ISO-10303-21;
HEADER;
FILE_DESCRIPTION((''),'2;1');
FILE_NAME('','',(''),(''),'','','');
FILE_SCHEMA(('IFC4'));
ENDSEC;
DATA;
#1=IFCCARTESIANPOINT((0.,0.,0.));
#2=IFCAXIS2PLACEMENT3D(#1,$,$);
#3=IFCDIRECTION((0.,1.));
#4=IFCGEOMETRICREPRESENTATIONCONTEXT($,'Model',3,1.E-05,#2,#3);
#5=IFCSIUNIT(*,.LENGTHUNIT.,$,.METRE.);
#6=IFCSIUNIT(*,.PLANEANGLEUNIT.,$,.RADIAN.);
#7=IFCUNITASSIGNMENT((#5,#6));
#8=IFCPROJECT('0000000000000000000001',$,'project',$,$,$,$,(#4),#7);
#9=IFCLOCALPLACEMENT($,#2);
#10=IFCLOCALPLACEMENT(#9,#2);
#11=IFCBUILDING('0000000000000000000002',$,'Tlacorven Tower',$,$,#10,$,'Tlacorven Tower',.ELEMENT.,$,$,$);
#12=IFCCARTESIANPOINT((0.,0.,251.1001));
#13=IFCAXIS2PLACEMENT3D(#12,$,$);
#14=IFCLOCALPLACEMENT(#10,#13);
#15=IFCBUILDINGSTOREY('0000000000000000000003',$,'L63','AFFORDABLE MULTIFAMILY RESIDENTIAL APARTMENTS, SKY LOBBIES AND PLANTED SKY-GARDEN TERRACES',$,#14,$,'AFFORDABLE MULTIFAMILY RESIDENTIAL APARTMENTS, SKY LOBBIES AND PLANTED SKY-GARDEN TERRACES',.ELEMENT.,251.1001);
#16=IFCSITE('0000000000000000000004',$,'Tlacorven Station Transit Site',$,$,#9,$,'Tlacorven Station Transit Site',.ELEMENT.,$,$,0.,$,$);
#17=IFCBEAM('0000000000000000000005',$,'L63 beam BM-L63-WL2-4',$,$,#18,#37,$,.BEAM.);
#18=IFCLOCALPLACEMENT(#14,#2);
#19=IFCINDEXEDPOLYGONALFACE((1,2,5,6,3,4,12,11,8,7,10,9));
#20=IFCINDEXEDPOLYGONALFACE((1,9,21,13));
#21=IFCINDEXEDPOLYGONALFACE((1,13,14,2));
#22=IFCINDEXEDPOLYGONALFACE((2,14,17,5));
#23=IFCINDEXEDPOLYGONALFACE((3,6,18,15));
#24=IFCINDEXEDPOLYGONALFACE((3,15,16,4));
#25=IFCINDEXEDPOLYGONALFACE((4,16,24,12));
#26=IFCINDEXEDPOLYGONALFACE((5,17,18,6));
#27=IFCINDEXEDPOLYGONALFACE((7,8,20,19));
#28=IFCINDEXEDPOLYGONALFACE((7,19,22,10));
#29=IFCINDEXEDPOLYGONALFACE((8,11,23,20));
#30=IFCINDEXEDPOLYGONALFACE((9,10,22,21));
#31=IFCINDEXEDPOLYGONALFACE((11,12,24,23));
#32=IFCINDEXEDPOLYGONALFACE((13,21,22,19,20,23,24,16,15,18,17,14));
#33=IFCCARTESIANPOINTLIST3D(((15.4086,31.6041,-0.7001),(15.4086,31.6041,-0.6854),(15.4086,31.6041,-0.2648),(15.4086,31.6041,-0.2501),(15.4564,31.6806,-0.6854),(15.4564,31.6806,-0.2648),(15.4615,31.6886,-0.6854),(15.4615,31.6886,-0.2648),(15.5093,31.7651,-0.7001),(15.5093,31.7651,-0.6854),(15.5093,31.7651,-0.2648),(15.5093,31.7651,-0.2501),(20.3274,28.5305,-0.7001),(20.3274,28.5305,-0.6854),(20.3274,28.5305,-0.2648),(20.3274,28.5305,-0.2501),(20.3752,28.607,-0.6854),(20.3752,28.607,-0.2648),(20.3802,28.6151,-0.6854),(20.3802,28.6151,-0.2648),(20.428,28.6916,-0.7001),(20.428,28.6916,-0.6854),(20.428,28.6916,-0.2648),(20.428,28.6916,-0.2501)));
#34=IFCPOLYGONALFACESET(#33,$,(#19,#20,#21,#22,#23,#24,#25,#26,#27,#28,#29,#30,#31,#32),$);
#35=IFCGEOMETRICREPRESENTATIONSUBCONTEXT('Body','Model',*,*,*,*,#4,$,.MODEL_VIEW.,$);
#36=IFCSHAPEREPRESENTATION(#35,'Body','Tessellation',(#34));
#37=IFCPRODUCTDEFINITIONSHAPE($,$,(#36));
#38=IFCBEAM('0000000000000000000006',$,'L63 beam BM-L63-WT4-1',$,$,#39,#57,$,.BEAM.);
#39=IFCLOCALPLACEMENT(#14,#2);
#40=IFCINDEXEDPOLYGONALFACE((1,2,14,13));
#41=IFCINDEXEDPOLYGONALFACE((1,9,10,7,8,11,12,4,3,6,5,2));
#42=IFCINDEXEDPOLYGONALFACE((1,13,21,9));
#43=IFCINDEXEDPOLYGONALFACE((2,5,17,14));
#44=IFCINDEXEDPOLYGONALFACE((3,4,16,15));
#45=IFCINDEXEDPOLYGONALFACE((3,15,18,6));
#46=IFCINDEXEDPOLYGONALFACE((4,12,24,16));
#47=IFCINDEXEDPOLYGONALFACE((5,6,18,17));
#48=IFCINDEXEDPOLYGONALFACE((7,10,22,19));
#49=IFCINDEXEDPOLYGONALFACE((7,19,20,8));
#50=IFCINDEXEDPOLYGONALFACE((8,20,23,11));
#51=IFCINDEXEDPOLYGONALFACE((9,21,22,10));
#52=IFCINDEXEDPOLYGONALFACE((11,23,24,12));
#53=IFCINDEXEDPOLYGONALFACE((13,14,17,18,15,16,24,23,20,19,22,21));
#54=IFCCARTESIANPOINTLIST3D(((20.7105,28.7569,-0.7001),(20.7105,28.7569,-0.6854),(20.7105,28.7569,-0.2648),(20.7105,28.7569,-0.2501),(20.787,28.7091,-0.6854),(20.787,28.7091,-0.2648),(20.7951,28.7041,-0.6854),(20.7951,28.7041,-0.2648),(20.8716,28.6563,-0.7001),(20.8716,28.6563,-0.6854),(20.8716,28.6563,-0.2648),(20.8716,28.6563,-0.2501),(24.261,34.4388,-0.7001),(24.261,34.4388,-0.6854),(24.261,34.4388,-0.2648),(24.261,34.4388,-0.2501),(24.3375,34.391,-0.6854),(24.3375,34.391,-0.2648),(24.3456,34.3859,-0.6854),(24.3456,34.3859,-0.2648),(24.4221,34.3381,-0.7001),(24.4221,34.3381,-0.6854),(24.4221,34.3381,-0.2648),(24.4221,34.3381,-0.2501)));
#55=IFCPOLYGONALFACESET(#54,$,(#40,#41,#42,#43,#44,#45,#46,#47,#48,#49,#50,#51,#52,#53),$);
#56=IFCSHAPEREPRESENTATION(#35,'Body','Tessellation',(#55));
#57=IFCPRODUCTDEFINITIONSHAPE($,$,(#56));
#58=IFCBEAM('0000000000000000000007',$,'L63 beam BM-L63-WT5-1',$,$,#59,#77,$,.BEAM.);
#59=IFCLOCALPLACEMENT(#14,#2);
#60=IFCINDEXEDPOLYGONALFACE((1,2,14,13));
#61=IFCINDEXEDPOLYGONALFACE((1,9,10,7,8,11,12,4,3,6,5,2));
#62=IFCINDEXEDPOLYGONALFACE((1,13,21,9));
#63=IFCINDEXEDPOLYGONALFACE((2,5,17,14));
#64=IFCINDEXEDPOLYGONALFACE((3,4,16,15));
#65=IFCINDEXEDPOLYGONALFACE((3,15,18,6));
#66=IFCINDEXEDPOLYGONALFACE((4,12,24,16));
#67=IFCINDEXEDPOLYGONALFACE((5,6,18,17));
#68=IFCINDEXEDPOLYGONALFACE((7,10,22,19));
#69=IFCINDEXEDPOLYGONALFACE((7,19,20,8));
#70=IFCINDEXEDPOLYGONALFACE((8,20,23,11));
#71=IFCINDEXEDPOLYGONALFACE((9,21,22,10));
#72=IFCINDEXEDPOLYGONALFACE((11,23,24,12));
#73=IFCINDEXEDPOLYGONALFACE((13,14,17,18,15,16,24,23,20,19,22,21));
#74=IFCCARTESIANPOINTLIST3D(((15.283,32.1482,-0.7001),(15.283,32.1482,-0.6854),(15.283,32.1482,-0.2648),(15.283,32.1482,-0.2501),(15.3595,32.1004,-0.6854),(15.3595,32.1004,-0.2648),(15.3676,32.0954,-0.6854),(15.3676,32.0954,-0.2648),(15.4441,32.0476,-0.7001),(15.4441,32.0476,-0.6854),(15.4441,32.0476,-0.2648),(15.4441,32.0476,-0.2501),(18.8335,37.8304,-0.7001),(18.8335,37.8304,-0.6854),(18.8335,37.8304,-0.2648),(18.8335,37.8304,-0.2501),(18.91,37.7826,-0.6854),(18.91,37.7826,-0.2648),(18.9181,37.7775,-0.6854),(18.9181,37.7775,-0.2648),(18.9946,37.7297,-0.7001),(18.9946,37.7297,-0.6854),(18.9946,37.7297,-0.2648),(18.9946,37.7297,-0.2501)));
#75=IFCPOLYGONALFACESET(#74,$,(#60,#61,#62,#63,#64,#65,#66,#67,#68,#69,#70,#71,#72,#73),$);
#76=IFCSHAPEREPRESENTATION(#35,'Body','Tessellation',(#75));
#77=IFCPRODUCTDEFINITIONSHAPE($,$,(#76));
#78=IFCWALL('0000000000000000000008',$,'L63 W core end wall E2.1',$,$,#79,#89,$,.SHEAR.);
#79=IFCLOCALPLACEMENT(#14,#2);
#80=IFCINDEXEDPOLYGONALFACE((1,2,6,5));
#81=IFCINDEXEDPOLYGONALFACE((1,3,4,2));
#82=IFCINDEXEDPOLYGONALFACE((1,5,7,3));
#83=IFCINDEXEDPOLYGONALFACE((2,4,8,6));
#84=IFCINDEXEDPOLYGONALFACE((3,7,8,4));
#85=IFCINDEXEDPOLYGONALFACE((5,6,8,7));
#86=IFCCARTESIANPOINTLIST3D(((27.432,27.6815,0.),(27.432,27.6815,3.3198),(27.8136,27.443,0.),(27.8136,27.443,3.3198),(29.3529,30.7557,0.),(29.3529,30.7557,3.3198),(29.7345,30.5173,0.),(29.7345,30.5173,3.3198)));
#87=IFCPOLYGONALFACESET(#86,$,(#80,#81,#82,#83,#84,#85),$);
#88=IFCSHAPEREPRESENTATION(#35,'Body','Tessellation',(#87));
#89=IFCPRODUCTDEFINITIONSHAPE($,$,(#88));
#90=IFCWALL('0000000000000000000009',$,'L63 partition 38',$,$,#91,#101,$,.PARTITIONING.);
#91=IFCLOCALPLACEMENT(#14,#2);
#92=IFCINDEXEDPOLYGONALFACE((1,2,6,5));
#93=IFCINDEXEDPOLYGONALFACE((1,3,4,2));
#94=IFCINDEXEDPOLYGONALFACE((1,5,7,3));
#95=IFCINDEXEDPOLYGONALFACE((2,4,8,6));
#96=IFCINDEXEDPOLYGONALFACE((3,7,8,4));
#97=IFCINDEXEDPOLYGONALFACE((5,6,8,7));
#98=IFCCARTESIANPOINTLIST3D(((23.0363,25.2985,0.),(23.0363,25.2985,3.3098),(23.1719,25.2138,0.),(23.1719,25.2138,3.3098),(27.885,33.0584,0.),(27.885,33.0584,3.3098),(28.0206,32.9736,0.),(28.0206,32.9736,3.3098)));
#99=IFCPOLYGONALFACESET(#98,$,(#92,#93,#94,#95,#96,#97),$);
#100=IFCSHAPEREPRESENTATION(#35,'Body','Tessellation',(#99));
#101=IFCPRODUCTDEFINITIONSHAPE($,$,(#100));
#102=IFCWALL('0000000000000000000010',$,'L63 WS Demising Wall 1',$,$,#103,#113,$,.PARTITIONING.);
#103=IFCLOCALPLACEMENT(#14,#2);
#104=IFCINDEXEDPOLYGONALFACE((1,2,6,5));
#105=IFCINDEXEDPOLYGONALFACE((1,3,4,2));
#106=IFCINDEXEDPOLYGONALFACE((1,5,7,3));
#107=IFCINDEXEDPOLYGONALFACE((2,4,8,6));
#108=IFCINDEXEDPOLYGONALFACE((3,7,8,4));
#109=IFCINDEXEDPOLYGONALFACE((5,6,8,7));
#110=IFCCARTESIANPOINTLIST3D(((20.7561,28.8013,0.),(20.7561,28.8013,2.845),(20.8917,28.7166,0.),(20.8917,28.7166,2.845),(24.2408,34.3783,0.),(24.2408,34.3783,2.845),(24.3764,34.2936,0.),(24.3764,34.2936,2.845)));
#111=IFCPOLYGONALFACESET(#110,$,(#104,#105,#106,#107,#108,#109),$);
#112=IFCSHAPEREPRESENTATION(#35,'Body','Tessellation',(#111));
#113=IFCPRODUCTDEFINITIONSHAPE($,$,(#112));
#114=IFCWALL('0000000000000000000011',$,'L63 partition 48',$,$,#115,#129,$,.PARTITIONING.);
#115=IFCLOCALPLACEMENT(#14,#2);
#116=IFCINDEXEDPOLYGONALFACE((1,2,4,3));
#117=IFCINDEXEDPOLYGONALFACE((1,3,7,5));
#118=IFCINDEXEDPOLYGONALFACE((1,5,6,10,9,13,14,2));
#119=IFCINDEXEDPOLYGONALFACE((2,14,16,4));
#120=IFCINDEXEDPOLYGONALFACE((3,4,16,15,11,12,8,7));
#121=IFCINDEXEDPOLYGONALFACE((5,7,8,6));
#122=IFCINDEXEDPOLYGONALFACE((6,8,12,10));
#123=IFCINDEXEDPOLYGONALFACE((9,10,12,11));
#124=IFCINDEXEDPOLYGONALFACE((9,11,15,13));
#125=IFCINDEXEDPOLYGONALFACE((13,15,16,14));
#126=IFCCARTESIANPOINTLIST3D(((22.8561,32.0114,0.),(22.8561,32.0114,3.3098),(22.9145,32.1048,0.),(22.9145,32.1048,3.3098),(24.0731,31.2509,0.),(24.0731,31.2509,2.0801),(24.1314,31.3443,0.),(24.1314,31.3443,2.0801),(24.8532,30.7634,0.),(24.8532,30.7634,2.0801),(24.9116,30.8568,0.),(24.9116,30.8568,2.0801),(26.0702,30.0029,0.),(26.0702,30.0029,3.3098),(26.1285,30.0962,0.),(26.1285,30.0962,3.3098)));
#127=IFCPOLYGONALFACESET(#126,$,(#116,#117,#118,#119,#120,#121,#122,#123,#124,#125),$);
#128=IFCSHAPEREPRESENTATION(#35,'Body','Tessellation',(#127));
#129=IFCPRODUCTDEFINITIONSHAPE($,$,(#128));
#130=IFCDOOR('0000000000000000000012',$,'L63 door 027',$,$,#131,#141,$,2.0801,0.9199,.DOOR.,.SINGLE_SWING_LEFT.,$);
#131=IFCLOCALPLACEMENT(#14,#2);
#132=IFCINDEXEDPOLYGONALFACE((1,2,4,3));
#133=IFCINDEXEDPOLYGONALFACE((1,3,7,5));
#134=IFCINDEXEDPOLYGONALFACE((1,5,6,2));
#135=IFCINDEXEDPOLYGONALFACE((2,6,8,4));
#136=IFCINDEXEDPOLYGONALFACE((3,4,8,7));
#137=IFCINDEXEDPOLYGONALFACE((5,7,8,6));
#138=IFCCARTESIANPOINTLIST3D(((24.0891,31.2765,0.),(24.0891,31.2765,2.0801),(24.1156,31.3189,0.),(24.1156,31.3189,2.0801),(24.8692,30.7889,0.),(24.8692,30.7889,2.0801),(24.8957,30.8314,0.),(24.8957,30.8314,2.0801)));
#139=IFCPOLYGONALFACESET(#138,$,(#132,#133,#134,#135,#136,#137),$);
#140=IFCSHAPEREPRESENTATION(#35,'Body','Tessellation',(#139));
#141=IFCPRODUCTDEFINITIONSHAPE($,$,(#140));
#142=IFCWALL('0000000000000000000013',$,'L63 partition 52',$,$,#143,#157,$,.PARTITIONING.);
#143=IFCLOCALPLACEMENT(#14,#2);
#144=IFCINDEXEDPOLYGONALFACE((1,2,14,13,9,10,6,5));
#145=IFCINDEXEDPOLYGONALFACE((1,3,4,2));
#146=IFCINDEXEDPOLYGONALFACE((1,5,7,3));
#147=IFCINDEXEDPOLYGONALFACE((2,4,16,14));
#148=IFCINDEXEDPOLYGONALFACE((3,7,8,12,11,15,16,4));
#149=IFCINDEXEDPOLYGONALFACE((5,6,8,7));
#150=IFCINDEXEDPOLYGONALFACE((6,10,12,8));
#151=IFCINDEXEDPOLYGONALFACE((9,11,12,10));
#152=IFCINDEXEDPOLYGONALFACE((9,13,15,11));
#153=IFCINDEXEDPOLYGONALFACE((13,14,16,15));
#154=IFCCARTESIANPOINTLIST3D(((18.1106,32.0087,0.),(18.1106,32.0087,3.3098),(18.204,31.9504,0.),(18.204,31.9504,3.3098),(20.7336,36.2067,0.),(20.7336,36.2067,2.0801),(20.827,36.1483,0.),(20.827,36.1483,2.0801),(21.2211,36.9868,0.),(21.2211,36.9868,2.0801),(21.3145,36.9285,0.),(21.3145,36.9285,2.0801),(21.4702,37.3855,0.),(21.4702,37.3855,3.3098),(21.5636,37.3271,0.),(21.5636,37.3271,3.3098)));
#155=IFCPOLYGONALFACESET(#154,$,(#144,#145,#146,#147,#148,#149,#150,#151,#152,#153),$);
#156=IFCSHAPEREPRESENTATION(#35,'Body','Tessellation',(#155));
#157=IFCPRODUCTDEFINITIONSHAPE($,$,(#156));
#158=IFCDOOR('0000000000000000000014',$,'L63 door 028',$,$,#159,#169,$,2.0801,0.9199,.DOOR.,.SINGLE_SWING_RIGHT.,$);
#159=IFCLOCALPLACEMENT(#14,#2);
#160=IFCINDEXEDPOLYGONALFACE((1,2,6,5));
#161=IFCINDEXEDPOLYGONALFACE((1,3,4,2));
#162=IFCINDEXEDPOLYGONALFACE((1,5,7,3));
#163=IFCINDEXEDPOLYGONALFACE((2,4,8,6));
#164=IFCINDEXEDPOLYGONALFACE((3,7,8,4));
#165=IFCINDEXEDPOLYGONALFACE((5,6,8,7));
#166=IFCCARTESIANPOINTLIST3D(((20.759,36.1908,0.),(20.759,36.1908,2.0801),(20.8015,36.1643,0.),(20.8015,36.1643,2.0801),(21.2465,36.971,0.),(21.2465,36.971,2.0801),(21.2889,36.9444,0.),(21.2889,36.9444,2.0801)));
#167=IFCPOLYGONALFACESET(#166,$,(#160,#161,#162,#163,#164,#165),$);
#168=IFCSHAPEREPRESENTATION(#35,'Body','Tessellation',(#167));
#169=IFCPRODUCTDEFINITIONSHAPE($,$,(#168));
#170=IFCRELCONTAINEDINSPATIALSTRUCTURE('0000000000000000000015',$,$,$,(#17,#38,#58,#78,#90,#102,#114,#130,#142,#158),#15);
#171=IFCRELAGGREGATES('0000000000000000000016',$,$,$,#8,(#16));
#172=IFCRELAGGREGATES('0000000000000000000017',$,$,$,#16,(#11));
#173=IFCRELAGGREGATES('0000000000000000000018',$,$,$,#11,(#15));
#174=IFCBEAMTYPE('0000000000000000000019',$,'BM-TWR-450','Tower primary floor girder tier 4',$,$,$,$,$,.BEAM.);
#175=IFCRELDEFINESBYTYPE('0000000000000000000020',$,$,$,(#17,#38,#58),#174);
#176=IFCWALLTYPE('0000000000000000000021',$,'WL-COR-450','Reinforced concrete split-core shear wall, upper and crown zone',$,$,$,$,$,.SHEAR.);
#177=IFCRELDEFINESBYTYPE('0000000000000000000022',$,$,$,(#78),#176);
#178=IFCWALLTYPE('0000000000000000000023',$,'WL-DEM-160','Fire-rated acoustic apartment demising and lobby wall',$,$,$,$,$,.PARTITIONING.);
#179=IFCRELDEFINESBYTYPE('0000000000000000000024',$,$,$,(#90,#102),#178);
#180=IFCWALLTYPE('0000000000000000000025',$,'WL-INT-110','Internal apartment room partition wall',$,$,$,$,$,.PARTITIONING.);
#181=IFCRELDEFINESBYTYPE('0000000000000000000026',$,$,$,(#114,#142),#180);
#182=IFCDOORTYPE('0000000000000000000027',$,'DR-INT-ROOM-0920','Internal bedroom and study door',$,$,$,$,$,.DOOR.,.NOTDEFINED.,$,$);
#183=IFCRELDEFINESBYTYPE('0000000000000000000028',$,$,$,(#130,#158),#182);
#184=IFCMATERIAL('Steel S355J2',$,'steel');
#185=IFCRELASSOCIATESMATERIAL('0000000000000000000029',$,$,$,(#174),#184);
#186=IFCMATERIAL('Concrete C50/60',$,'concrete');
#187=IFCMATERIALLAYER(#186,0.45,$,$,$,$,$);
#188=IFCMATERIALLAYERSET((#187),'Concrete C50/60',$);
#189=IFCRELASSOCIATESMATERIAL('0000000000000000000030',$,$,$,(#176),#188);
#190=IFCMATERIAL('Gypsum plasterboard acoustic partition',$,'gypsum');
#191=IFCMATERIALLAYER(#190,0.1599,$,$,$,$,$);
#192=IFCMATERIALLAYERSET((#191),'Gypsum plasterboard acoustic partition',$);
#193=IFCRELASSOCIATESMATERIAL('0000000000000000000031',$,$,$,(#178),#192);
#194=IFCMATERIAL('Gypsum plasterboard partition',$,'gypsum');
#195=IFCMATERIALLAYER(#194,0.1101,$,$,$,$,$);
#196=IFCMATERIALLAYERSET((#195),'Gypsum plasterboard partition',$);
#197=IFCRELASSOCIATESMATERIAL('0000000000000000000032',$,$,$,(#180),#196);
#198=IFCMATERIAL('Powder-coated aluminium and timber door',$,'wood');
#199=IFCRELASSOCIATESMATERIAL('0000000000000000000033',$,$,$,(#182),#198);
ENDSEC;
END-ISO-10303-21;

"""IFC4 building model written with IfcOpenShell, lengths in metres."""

from ifc_helpers import new_model, si_unit, direction, frame, frame_2d, origin, origin_2d, place, context, subcontext, project, spatial, rectangle, i_section, extrude, source, transform, mapped, material, layer, layer_set, material_profile, profile_set, type_object, element, fill, save


model = new_model("IFC4")

# Units and contexts
model_context = context("Model", 3, precision=1e-05, world=origin(), true_north=direction((0.0, 1.0)))
body_context = subcontext(model_context, "Body", "Model", "MODEL_VIEW")
ifc_project = project(units=[si_unit("LENGTHUNIT", "METRE"), si_unit("PLANEANGLEUNIT", "RADIAN")], contexts=[model_context])

# Site, building, storey
site_placement = place(None, origin())
site = spatial("IfcSite", under=ifc_project, at=site_placement, Name="Tlacorven Station Transit Site", LongName="Tlacorven Station Transit Site", CompositionType="ELEMENT", RefElevation=0.0)
building_placement = place(site_placement, origin())
building = spatial("IfcBuilding", under=site, at=building_placement, Name="Tlacorven Tower", LongName="Tlacorven Tower", CompositionType="ELEMENT")
storey_placement = place(building_placement, frame((0.0, 0.0, 251.1001)))
storey = spatial("IfcBuildingStorey", under=building, at=storey_placement, Name="L63", Description="AFFORDABLE MULTIFAMILY RESIDENTIAL APARTMENTS, SKY LOBBIES AND PLANTED SKY-GARDEN TERRACES", LongName="AFFORDABLE MULTIFAMILY RESIDENTIAL APARTMENTS, SKY LOBBIES AND PLANTED SKY-GARDEN TERRACES", CompositionType="ELEMENT", Elevation=251.1001)

# Beams
ifc_material_1 = material(Name="Steel S355J2", Category="steel")
ifc_material_profile_1 = material_profile(ifc_material_1, i_section(OverallWidth=0.1899, OverallDepth=0.45, WebThickness=0.0095, FlangeThickness=0.0146, at=origin_2d()), Name="IPE 450")
ifc_profile_set_1 = profile_set([ifc_material_profile_1], Name="Steel S355J2")
beam_type_1 = type_object("IfcBeamType", Name="BM-TWR-450", Description="Tower primary floor girder tier 4", PredefinedType="BEAM", material=ifc_profile_set_1)
shared_shape_1 = source(origin(), body_context, "Body", "SweptSolid", [
    extrude(i_section(OverallWidth=0.1899, OverallDepth=0.45, WebThickness=0.0095, FlangeThickness=0.0146, at=origin_2d()), origin(), (0.0, 0.0, 1.0), 5.8),
])
beam_1_placement = place(storey_placement, frame((20.3777, 28.6111, -0.4751), z_axis=(-0.848053, 0.529912, 0.0), x_axis=(-0.529912, -0.848053, 0.0)))
element("IfcBeam", 1, at=beam_1_placement, inside=storey, type_object=beam_type_1, Name="L63 beam BM-L63-WL2-4", PredefinedType="BEAM", context=body_context, shape_type="MappedRepresentation", body=[
    mapped(shared_shape_1, transform((0.0, 0.0, 0.0), scale=1.0)),
])
shared_shape_2 = source(origin(), body_context, "Body", "SweptSolid", [
    extrude(i_section(OverallWidth=0.1899, OverallDepth=0.45, WebThickness=0.0095, FlangeThickness=0.0146, at=origin_2d()), origin(), (0.0, 0.0, 1.0), 6.7),
])
beam_2_placement = place(storey_placement, frame((24.3416, 34.3884, -0.4751), z_axis=(-0.52993, -0.848041, 0.0), x_axis=(0.848041, -0.52993, 0.0)))
element("IfcBeam", 2, at=beam_2_placement, inside=storey, type_object=beam_type_1, Name="L63 beam BM-L63-WT4-1", PredefinedType="BEAM", context=body_context, shape_type="MappedRepresentation", body=[
    mapped(shared_shape_2, transform((0.0, 0.0, 0.0), scale=1.0)),
])
shared_shape_3 = source(origin(), body_context, "Body", "SweptSolid", [
    extrude(i_section(OverallWidth=0.1899, OverallDepth=0.45, WebThickness=0.0095, FlangeThickness=0.0146, at=origin_2d()), origin(), (0.0, 0.0, 1.0), 6.7002),
])
beam_3_placement = place(storey_placement, frame((18.9141, 37.78, -0.4751), z_axis=(-0.529914, -0.848052, 0.0), x_axis=(0.848052, -0.529914, 0.0)))
element("IfcBeam", 3, at=beam_3_placement, inside=storey, type_object=beam_type_1, Name="L63 beam BM-L63-WT5-1", PredefinedType="BEAM", context=body_context, shape_type="MappedRepresentation", body=[
    mapped(shared_shape_3, transform((0.0, 0.0, 0.0), scale=1.0)),
])

# Walls
ifc_material_2 = material(Name="Concrete C50/60", Category="concrete")
ifc_layer_1 = layer(ifc_material_2, 0.45)
ifc_layer_set_1 = layer_set([ifc_layer_1], Name="Concrete C50/60")
wall_type_1 = type_object("IfcWallType", Name="WL-COR-450", Description="Reinforced concrete split-core shear wall, upper and crown zone", PredefinedType="SHEAR", material=ifc_layer_set_1)
wall_1_placement = place(storey_placement, frame((29.5437, 30.6365, 0.0), z_axis=(0.0, 0.0, 1.0), x_axis=(-0.529902, -0.848059, 0.0)))
element("IfcWall", 4, at=wall_1_placement, inside=storey, type_object=wall_type_1, Name="L63 W core end wall E2.1", PredefinedType="SHEAR", context=body_context, shape_type="SweptSolid", body=[
    extrude(rectangle(XDim=3.625, YDim=0.45, at=frame_2d((1.8125, 0.0))), origin(), (0.0, 0.0, 1.0), 3.3198),
])
ifc_material_3 = material(Name="Gypsum plasterboard acoustic partition", Category="gypsum")
ifc_layer_2 = layer(ifc_material_3, 0.1599)
ifc_layer_set_2 = layer_set([ifc_layer_2], Name="Gypsum plasterboard acoustic partition")
wall_type_2 = type_object("IfcWallType", Name="WL-DEM-160", Description="Fire-rated acoustic apartment demising and lobby wall", PredefinedType="PARTITIONING", material=ifc_layer_set_2)
wall_2_placement = place(storey_placement, frame((27.9529, 33.0161, 0.0), z_axis=(0.0, 0.0, 1.0), x_axis=(-0.529903, -0.848058, 0.0)))
element("IfcWall", 5, at=wall_2_placement, inside=storey, type_object=wall_type_2, Name="L63 partition 38", PredefinedType="PARTITIONING", context=body_context, shape_type="SweptSolid", body=[
    extrude(rectangle(XDim=9.1501, YDim=0.1599, at=frame_2d((4.5752, 0.0))), origin(), (0.0, 0.0, 1.0), 3.3098),
])
wall_3_placement = place(storey_placement, frame((24.3086, 34.3359, 0.0), z_axis=(0.0, 0.0, 1.0), x_axis=(-0.529895, -0.848063, 0.0)))
element("IfcWall", 6, at=wall_3_placement, inside=storey, type_object=wall_type_2, Name="L63 WS Demising Wall 1", PredefinedType="PARTITIONING", context=body_context, shape_type="SweptSolid", body=[
    extrude(rectangle(XDim=6.5762, YDim=0.1599, at=frame_2d((3.2881, 0.0))), origin(), (0.0, 0.0, 1.0), 2.845),
])

# Walls, openings, doors
ifc_material_4 = material(Name="Gypsum plasterboard partition", Category="gypsum")
ifc_layer_3 = layer(ifc_material_4, 0.1101)
ifc_layer_set_3 = layer_set([ifc_layer_3], Name="Gypsum plasterboard partition")
wall_type_3 = type_object("IfcWallType", Name="WL-INT-110", Description="Internal apartment room partition wall", PredefinedType="PARTITIONING", material=ifc_layer_set_3)
wall_4_placement = place(storey_placement, frame((26.0994, 30.0496, 0.0), z_axis=(0.0, 0.0, 1.0), x_axis=(-0.848031, 0.529947, 0.0)))
wall_4 = element("IfcWall", 7, at=wall_4_placement, inside=storey, type_object=wall_type_3, Name="L63 partition 48", PredefinedType="PARTITIONING", context=body_context, shape_type="SweptSolid", body=[
    extrude(rectangle(XDim=3.79, YDim=0.1101, at=frame_2d((1.895, 0.0))), origin(), (0.0, 0.0, 1.0), 3.3098),
])
opening_1_placement = place(wall_4_placement, frame((1.4351, 0.0, 0.0)))
opening_1 = element("IfcOpeningElement", 8, at=opening_1_placement, cuts=wall_4, PredefinedType="OPENING", context=body_context, shape_type="SweptSolid", body=[
    extrude(rectangle(XDim=0.9199, YDim=2.0801, at=frame_2d((0.46, 1.04))), frame((0.0, 0.0649, 0.0), z_axis=(0.0, -1.0, 0.0), x_axis=(1.0, 0.0, 0.0)), (0.0, 0.0, 1.0), 0.1301),
])
ifc_material_5 = material(Name="Powder-coated aluminium and timber door", Category="wood")
door_type_1 = type_object("IfcDoorType", Name="DR-INT-ROOM-0920", Description="Internal bedroom and study door", OperationType="NOTDEFINED", PredefinedType="DOOR", material=ifc_material_5)
shared_shape_4 = source(origin(), body_context, "Body", "SweptSolid", [
    extrude(rectangle(XDim=0.9199, YDim=2.0801, at=frame_2d((0.46, 1.04))), frame((0.0, 0.0249, 0.0), z_axis=(0.0, -1.0, 0.0), x_axis=(1.0, 0.0, 0.0)), (0.0, 0.0, 1.0), 0.05),
])
door_1_placement = place(opening_1_placement, origin())
door_1 = element("IfcDoor", 9, at=door_1_placement, inside=storey, type_object=door_type_1, Name="L63 door 027", OperationType="SINGLE_SWING_LEFT", OverallHeight=2.0801, OverallWidth=0.9199, PredefinedType="DOOR", context=body_context, shape_type="MappedRepresentation", body=[
    mapped(shared_shape_4, transform((0.0, 0.0, 0.0), scale=1.0)),
])
fill(opening_1, door_1)
wall_5_placement = place(storey_placement, frame((21.5168, 37.3562, 0.0), z_axis=(0.0, 0.0, 1.0), x_axis=(-0.529905, -0.848057, 0.0)))
wall_5 = element("IfcWall", 10, at=wall_5_placement, inside=storey, type_object=wall_type_3, Name="L63 partition 52", PredefinedType="PARTITIONING", context=body_context, shape_type="SweptSolid", body=[
    extrude(rectangle(XDim=6.3401, YDim=0.1101, at=frame_2d((3.1699, 0.0))), origin(), (0.0, 0.0, 1.0), 3.3098),
])
opening_2_placement = place(wall_5_placement, frame((0.47, 0.0, 0.0)))
opening_2 = element("IfcOpeningElement", 11, at=opening_2_placement, cuts=wall_5, PredefinedType="OPENING", context=body_context, shape_type="SweptSolid", body=[
    extrude(rectangle(XDim=0.9199, YDim=2.0801, at=frame_2d((0.46, 1.04))), frame((0.0, 0.0649, 0.0), z_axis=(0.0, -1.0, 0.0), x_axis=(1.0, 0.0, 0.0)), (0.0, 0.0, 1.0), 0.1301),
])
door_2_placement = place(opening_2_placement, origin())
door_2 = element("IfcDoor", 12, at=door_2_placement, inside=storey, type_object=door_type_1, Name="L63 door 028", OperationType="SINGLE_SWING_RIGHT", OverallHeight=2.0801, OverallWidth=0.9199, PredefinedType="DOOR", context=body_context, shape_type="MappedRepresentation", body=[
    mapped(shared_shape_4, transform((0.0, 0.0, 0.0), scale=1.0)),
])
fill(opening_2, door_2)

save(model, "model.ifc")
